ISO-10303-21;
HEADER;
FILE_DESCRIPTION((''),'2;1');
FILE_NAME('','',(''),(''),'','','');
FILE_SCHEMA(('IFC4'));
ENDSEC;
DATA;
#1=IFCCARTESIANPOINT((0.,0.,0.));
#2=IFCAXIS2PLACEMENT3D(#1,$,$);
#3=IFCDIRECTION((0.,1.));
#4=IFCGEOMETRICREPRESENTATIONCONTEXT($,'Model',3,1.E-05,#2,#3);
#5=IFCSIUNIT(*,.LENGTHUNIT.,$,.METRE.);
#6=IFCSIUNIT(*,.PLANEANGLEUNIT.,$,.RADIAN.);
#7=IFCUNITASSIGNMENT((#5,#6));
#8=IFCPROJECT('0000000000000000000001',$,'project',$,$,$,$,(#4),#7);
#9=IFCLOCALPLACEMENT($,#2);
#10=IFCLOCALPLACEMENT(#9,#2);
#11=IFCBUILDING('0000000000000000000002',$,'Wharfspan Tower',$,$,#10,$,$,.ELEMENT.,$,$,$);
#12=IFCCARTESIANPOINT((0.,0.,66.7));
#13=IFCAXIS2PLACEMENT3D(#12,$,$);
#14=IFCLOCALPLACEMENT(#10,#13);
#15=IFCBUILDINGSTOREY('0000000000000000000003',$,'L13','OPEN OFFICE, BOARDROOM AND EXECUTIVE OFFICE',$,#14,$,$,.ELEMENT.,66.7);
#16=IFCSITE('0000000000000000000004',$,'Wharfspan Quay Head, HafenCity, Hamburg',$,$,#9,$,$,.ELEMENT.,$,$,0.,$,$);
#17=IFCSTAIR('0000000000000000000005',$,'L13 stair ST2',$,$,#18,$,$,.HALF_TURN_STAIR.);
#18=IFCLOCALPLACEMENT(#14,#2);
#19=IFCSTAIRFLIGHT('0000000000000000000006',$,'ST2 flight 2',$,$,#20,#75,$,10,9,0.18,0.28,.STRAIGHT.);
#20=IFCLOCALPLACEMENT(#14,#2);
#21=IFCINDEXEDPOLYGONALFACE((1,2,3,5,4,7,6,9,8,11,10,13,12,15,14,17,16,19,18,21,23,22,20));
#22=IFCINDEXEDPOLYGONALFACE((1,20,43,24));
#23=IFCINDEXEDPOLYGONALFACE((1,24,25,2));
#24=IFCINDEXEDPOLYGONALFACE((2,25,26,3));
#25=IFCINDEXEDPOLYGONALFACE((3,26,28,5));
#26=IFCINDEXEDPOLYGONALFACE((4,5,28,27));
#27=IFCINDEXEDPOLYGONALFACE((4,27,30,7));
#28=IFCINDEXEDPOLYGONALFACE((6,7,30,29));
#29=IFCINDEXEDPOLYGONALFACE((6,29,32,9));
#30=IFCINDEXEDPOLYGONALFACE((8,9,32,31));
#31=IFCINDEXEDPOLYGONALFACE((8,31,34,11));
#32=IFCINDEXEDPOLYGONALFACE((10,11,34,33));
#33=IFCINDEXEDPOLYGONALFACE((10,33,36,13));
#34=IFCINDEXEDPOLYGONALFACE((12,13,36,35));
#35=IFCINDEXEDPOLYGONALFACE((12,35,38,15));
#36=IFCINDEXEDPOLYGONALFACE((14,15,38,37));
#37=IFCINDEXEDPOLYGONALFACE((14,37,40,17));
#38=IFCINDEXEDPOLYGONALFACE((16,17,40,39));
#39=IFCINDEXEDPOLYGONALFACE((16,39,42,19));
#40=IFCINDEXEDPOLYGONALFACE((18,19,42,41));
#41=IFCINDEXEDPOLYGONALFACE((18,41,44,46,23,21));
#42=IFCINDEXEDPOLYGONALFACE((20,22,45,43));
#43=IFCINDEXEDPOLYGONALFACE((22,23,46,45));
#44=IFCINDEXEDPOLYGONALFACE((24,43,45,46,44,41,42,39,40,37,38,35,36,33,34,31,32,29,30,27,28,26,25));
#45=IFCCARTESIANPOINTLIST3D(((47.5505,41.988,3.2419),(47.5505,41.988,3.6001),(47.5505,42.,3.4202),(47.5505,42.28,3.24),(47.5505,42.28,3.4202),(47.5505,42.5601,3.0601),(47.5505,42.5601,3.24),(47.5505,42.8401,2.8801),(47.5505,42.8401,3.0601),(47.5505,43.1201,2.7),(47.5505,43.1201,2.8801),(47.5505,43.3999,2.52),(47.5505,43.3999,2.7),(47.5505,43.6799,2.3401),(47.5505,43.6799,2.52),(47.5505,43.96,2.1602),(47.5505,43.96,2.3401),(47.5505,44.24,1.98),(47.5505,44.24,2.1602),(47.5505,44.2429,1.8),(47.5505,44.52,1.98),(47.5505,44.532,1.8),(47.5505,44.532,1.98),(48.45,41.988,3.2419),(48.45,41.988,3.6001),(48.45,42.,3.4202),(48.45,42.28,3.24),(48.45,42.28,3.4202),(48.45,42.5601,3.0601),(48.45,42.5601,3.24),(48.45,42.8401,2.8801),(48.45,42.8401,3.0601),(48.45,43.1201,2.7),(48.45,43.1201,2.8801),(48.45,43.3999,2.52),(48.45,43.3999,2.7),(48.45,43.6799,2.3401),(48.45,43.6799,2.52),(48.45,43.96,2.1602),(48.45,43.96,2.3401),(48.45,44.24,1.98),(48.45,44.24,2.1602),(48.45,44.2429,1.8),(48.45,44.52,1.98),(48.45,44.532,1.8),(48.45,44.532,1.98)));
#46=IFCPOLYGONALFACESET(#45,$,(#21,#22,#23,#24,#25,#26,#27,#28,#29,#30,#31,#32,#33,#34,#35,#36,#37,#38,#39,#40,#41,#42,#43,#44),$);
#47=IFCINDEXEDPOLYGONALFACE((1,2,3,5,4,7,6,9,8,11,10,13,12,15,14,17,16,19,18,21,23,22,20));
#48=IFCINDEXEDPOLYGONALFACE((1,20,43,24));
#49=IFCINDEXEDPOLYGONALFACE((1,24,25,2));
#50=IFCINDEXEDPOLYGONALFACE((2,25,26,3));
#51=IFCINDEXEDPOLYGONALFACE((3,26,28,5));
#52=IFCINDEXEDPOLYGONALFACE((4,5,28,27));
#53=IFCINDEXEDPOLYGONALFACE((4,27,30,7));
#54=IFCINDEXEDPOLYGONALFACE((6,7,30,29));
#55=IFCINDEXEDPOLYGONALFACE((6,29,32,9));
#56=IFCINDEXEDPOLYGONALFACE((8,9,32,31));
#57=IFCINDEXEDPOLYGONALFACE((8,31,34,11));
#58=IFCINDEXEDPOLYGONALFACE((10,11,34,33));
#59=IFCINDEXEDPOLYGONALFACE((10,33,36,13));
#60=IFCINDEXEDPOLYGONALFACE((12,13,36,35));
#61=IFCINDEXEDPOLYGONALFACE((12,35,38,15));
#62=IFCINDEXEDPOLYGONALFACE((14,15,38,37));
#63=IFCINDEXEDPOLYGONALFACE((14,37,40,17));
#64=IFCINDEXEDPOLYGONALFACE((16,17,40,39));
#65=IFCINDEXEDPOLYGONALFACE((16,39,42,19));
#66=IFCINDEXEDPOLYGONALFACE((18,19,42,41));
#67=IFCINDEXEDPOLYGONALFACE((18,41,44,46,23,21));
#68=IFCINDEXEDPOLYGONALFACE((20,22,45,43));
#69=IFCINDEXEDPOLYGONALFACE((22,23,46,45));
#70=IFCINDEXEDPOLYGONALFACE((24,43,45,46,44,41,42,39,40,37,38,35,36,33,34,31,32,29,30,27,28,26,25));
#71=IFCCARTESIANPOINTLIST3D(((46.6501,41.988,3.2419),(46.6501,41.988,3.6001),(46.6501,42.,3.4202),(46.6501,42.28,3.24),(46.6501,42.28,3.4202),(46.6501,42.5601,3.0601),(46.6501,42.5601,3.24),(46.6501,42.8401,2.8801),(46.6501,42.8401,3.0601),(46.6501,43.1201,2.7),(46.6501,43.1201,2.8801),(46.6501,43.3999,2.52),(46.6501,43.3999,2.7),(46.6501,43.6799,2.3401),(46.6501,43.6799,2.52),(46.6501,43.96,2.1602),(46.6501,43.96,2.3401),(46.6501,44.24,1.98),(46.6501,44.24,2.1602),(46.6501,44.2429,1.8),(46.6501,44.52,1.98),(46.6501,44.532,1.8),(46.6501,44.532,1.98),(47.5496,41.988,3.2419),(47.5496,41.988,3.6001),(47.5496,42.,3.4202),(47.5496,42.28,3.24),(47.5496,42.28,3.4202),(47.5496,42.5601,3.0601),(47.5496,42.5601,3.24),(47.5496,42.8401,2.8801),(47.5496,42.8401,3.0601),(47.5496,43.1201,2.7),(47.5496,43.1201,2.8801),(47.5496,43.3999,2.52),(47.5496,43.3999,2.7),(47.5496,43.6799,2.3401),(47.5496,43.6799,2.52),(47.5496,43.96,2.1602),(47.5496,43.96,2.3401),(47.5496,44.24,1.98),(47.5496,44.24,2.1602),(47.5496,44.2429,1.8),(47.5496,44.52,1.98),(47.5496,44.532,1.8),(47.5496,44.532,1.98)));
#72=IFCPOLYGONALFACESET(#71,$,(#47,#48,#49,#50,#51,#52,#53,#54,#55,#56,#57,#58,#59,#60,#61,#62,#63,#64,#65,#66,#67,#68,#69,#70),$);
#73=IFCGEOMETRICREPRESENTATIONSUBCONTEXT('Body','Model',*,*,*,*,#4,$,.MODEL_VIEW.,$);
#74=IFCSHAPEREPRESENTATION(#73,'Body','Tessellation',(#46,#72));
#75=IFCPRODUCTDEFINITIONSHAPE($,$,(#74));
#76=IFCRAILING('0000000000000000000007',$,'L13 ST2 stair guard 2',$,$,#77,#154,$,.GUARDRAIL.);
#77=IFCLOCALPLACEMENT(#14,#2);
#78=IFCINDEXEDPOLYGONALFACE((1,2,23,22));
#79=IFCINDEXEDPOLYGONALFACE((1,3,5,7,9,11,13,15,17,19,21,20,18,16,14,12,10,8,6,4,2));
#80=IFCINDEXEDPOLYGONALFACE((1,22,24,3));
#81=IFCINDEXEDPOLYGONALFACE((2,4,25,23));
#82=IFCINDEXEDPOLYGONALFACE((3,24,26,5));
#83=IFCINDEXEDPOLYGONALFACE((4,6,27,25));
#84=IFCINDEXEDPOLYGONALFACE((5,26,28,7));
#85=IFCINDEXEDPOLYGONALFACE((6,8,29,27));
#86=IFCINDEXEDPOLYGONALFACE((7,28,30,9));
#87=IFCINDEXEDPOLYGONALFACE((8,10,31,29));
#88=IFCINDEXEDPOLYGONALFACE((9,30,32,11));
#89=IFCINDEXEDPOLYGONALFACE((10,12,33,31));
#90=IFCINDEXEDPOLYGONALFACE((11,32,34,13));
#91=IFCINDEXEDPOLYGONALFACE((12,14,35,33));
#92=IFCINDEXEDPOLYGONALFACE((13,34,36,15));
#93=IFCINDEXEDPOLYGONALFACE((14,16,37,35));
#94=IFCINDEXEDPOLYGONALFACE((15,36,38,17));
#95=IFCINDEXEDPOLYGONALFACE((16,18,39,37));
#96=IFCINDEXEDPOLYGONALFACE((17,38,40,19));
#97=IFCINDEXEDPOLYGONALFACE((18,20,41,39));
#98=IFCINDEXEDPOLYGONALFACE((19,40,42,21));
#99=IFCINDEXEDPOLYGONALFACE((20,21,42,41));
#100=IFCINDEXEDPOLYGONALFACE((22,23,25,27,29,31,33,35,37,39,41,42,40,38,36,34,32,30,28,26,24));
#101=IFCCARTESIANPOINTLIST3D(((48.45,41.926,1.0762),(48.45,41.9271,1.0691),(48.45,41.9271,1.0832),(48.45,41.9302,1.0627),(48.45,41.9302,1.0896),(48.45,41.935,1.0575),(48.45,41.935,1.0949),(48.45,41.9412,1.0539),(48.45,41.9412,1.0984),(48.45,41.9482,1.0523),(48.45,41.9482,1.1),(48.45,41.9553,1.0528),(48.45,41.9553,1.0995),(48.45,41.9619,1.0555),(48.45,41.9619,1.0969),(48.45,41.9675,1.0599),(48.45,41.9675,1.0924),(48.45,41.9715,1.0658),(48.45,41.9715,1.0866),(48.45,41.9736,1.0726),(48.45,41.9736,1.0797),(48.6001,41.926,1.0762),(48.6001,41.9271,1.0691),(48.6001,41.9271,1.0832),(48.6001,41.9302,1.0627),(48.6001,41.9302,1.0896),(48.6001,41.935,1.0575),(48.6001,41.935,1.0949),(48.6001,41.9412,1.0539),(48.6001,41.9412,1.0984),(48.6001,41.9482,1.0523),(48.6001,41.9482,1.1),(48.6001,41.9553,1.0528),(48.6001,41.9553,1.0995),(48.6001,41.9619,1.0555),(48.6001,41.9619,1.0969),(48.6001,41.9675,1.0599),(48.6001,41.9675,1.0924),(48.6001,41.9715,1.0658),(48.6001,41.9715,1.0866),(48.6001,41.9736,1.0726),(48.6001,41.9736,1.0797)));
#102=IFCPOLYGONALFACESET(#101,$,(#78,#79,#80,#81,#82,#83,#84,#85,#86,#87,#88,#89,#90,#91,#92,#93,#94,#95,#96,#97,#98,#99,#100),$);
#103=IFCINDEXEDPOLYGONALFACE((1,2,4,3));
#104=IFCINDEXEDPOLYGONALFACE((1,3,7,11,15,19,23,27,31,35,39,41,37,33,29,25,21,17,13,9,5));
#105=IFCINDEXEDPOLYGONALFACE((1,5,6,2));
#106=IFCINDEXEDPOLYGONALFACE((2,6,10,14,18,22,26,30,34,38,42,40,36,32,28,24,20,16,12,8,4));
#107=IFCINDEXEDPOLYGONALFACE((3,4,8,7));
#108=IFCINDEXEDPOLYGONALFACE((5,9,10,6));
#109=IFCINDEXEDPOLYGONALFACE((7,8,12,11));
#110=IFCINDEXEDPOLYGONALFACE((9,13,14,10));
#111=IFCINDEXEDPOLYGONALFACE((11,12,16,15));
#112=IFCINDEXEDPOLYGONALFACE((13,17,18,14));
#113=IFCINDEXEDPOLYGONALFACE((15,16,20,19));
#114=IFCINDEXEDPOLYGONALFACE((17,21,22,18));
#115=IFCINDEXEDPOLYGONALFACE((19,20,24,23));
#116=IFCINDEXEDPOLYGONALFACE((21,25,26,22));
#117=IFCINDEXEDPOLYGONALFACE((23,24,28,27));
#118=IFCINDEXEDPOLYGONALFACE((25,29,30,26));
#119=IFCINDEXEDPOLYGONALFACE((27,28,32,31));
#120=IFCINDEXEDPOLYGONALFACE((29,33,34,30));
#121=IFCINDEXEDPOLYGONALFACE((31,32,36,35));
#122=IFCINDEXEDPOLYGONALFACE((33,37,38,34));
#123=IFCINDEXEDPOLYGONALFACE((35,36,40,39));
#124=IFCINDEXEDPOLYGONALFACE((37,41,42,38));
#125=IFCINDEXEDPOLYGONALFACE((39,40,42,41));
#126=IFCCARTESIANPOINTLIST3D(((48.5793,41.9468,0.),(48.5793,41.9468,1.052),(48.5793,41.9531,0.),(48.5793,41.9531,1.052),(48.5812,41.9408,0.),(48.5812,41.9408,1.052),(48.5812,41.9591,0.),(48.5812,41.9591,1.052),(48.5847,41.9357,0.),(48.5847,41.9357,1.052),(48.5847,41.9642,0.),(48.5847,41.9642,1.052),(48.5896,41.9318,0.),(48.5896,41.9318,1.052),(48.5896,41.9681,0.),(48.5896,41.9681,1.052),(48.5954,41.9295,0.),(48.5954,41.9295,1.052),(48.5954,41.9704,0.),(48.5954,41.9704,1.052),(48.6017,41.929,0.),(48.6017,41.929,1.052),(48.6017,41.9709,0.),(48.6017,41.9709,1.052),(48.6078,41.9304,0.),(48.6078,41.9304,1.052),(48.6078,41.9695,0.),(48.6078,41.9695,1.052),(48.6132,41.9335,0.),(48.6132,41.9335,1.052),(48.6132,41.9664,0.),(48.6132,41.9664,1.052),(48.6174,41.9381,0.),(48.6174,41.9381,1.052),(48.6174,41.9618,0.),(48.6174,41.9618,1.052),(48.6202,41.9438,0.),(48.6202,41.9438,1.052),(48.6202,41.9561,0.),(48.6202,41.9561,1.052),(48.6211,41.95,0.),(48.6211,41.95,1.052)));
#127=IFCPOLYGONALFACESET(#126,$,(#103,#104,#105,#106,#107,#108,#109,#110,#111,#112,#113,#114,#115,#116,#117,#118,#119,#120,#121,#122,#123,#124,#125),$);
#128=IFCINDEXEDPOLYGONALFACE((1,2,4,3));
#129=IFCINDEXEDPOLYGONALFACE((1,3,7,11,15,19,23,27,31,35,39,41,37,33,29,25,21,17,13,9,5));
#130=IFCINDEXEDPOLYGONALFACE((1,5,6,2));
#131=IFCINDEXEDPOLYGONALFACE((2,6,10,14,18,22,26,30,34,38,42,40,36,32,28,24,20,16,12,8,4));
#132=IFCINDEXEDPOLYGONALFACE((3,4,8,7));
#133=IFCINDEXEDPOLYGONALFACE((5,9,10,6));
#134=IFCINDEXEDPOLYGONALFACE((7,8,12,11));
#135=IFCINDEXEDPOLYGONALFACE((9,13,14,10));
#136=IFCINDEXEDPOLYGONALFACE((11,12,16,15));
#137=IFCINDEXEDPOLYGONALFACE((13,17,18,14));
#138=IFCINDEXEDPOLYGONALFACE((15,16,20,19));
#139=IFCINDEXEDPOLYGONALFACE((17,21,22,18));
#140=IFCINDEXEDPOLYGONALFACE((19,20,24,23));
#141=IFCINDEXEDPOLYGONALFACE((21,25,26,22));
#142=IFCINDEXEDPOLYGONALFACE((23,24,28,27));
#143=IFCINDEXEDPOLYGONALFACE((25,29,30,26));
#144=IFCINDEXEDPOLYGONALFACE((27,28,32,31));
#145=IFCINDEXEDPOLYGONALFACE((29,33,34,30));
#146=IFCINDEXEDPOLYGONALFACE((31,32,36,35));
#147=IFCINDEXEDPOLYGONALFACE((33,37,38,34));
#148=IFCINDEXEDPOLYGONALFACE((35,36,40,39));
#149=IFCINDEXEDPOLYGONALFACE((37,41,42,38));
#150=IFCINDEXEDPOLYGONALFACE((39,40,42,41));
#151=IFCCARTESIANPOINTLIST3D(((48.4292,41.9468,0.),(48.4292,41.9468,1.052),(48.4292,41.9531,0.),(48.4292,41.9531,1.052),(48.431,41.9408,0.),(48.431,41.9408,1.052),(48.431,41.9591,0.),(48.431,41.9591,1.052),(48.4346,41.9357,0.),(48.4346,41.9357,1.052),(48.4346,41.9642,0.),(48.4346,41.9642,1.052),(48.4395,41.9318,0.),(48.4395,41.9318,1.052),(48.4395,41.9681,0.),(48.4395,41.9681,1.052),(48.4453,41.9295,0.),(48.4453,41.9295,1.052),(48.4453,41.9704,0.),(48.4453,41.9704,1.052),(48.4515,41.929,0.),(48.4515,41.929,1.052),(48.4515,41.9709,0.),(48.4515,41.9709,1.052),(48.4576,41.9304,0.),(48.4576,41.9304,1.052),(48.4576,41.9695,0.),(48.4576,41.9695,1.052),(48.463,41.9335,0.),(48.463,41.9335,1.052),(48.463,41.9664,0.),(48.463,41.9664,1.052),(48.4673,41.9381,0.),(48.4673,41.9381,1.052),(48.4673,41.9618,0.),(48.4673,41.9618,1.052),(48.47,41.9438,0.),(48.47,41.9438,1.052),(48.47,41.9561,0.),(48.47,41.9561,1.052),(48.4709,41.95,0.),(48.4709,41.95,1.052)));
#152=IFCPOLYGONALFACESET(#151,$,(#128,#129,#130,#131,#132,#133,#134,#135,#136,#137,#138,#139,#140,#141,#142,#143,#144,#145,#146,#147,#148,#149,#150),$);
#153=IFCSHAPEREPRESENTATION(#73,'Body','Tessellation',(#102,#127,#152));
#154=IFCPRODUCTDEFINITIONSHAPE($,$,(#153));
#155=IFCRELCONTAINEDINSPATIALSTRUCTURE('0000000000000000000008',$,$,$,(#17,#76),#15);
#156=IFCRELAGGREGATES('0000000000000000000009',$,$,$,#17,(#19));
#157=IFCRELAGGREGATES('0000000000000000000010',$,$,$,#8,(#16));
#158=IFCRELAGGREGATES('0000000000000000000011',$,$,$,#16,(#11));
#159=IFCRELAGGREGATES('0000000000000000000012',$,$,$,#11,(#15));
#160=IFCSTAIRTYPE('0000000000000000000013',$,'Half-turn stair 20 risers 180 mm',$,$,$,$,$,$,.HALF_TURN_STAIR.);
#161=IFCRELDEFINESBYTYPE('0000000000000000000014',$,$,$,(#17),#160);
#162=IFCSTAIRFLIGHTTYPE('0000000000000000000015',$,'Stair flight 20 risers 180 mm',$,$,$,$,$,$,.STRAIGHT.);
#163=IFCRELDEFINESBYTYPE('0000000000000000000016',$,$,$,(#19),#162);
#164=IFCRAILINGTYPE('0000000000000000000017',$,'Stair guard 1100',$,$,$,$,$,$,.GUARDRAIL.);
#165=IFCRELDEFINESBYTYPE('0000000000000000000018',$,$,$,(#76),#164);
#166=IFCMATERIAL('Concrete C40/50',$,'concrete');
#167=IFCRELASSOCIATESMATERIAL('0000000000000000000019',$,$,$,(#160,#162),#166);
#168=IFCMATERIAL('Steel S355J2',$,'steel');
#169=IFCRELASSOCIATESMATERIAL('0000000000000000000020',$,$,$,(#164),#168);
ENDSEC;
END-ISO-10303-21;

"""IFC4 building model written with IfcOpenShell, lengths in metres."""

from ifc_helpers import new_model, si_unit, direction, frame, origin, origin_2d, place, context, subcontext, project, spatial, polyline, circle, outline, extrude, material, type_object, element, aggregate, save


model = new_model("IFC4")

# Units and contexts
model_context = context("Model", 3, precision=1e-05, world=origin(), true_north=direction((0.0, 1.0)))
body_context = subcontext(model_context, "Body", "Model", "MODEL_VIEW")
ifc_project = project(units=[si_unit("LENGTHUNIT", "METRE"), si_unit("PLANEANGLEUNIT", "RADIAN")], contexts=[model_context])

# Site, building, storey
site_placement = place(None, origin())
site = spatial("IfcSite", under=ifc_project, at=site_placement, Name="Wharfspan Quay Head, HafenCity, Hamburg", CompositionType="ELEMENT", RefElevation=0.0)
building_placement = place(site_placement, origin())
building = spatial("IfcBuilding", under=site, at=building_placement, Name="Wharfspan Tower", CompositionType="ELEMENT")
storey_placement = place(building_placement, frame((0.0, 0.0, 66.7)))
storey = spatial("IfcBuildingStorey", under=building, at=storey_placement, Name="L13", Description="OPEN OFFICE, BOARDROOM AND EXECUTIVE OFFICE", CompositionType="ELEMENT", Elevation=66.7)

# Shared definitions
ifc_material_1 = material(Name="Steel S355J2", Category="steel")

# Shared definitions
ifc_material_2 = material(Name="Concrete C40/50", Category="concrete")

# Stair, stair flight
stair_type = type_object("IfcStairType", Name="Half-turn stair 20 risers 180 mm", PredefinedType="HALF_TURN_STAIR", material=ifc_material_2)
stair_placement = place(storey_placement, origin())
stair = element("IfcStair", 1, at=stair_placement, inside=storey, type_object=stair_type, Name="L13 stair ST2", PredefinedType="HALF_TURN_STAIR")
stair_flight_type = type_object("IfcStairFlightType", Name="Stair flight 20 risers 180 mm", PredefinedType="STRAIGHT", material=ifc_material_2)
stair_flight_1_placement = place(storey_placement, frame((47.55, 44.52, 1.8), z_axis=(0.0, 0.0, 1.0), x_axis=(0.0, -1.0, 0.0)))
stair_flight_1 = element("IfcStairFlight", 2, at=stair_flight_1_placement, type_object=stair_flight_type, Name="ST2 flight 2", NumberOfRisers=10, NumberOfTreads=9, PredefinedType="STRAIGHT", RiserHeight=0.18, TreadLength=0.28, context=body_context, shape_type="SweptSolid", body=[
    extrude(outline(polyline([(-0.012, 0.0), (-0.012, 0.1799), (0.0, 0.1799), (0.28, 0.1799), (0.28, 0.3601), (0.5601, 0.3601), (0.5601, 0.54), (0.8401, 0.54), (0.8401, 0.72), (1.1201, 0.72), (1.1201, 0.8999), (1.3999, 0.8999), (1.3999, 1.0801), (1.6799, 1.0801), (1.6799, 1.26), (1.96, 1.26), (1.96, 1.4399), (2.24, 1.4399), (2.24, 1.6201), (2.52, 1.6201), (2.532, 1.8), (2.532, 1.4419), (0.2771, 0.0), (-0.012, 0.0)])), frame((0.0, 0.8999, 0.0), z_axis=(0.0, -1.0, 0.0), x_axis=(1.0, 0.0, 0.0)), (0.0, 0.0, 1.0), 0.8994),
    extrude(outline(polyline([(-0.012, 0.0), (-0.012, 0.1799), (0.0, 0.1799), (0.28, 0.1799), (0.28, 0.3601), (0.5601, 0.3601), (0.5601, 0.54), (0.8401, 0.54), (0.8401, 0.72), (1.1201, 0.72), (1.1201, 0.8999), (1.3999, 0.8999), (1.3999, 1.0801), (1.6799, 1.0801), (1.6799, 1.26), (1.96, 1.26), (1.96, 1.4399), (2.24, 1.4399), (2.24, 1.6201), (2.52, 1.6201), (2.532, 1.8), (2.532, 1.4419), (0.2771, 0.0), (-0.012, 0.0)])), frame((0.0, -0.0005, 0.0), z_axis=(0.0, -1.0, 0.0), x_axis=(1.0, 0.0, 0.0)), (0.0, 0.0, 1.0), 0.8994),
])
aggregate(stair, [stair_flight_1])

# Railing
railing_type_1 = type_object("IfcRailingType", Name="Stair guard 1100", PredefinedType="GUARDRAIL", material=ifc_material_1)
railing_1_placement = place(storey_placement, frame((48.6001, 41.95, 0.0)))
element("IfcRailing", 3, at=railing_1_placement, inside=storey, type_object=railing_type_1, Name="L13 ST2 stair guard 2", PredefinedType="GUARDRAIL", context=body_context, shape_type="SweptSolid", body=[
    extrude(circle(Radius=0.0239, at=origin_2d()), frame((0.0, 0.0, 1.0762), z_axis=(-1.0, 0.0, 0.0), x_axis=(0.0, -1.0, 0.0)), (0.0, 0.0, 1.0), 0.1501),
    extrude(circle(Radius=0.021, at=origin_2d()), origin(), (0.0, 0.0, 1.0), 1.052),
    extrude(circle(Radius=0.021, at=origin_2d()), frame((-0.1501, 0.0, 0.0)), (0.0, 0.0, 1.0), 1.052),
])

save(model, "model.ifc")
